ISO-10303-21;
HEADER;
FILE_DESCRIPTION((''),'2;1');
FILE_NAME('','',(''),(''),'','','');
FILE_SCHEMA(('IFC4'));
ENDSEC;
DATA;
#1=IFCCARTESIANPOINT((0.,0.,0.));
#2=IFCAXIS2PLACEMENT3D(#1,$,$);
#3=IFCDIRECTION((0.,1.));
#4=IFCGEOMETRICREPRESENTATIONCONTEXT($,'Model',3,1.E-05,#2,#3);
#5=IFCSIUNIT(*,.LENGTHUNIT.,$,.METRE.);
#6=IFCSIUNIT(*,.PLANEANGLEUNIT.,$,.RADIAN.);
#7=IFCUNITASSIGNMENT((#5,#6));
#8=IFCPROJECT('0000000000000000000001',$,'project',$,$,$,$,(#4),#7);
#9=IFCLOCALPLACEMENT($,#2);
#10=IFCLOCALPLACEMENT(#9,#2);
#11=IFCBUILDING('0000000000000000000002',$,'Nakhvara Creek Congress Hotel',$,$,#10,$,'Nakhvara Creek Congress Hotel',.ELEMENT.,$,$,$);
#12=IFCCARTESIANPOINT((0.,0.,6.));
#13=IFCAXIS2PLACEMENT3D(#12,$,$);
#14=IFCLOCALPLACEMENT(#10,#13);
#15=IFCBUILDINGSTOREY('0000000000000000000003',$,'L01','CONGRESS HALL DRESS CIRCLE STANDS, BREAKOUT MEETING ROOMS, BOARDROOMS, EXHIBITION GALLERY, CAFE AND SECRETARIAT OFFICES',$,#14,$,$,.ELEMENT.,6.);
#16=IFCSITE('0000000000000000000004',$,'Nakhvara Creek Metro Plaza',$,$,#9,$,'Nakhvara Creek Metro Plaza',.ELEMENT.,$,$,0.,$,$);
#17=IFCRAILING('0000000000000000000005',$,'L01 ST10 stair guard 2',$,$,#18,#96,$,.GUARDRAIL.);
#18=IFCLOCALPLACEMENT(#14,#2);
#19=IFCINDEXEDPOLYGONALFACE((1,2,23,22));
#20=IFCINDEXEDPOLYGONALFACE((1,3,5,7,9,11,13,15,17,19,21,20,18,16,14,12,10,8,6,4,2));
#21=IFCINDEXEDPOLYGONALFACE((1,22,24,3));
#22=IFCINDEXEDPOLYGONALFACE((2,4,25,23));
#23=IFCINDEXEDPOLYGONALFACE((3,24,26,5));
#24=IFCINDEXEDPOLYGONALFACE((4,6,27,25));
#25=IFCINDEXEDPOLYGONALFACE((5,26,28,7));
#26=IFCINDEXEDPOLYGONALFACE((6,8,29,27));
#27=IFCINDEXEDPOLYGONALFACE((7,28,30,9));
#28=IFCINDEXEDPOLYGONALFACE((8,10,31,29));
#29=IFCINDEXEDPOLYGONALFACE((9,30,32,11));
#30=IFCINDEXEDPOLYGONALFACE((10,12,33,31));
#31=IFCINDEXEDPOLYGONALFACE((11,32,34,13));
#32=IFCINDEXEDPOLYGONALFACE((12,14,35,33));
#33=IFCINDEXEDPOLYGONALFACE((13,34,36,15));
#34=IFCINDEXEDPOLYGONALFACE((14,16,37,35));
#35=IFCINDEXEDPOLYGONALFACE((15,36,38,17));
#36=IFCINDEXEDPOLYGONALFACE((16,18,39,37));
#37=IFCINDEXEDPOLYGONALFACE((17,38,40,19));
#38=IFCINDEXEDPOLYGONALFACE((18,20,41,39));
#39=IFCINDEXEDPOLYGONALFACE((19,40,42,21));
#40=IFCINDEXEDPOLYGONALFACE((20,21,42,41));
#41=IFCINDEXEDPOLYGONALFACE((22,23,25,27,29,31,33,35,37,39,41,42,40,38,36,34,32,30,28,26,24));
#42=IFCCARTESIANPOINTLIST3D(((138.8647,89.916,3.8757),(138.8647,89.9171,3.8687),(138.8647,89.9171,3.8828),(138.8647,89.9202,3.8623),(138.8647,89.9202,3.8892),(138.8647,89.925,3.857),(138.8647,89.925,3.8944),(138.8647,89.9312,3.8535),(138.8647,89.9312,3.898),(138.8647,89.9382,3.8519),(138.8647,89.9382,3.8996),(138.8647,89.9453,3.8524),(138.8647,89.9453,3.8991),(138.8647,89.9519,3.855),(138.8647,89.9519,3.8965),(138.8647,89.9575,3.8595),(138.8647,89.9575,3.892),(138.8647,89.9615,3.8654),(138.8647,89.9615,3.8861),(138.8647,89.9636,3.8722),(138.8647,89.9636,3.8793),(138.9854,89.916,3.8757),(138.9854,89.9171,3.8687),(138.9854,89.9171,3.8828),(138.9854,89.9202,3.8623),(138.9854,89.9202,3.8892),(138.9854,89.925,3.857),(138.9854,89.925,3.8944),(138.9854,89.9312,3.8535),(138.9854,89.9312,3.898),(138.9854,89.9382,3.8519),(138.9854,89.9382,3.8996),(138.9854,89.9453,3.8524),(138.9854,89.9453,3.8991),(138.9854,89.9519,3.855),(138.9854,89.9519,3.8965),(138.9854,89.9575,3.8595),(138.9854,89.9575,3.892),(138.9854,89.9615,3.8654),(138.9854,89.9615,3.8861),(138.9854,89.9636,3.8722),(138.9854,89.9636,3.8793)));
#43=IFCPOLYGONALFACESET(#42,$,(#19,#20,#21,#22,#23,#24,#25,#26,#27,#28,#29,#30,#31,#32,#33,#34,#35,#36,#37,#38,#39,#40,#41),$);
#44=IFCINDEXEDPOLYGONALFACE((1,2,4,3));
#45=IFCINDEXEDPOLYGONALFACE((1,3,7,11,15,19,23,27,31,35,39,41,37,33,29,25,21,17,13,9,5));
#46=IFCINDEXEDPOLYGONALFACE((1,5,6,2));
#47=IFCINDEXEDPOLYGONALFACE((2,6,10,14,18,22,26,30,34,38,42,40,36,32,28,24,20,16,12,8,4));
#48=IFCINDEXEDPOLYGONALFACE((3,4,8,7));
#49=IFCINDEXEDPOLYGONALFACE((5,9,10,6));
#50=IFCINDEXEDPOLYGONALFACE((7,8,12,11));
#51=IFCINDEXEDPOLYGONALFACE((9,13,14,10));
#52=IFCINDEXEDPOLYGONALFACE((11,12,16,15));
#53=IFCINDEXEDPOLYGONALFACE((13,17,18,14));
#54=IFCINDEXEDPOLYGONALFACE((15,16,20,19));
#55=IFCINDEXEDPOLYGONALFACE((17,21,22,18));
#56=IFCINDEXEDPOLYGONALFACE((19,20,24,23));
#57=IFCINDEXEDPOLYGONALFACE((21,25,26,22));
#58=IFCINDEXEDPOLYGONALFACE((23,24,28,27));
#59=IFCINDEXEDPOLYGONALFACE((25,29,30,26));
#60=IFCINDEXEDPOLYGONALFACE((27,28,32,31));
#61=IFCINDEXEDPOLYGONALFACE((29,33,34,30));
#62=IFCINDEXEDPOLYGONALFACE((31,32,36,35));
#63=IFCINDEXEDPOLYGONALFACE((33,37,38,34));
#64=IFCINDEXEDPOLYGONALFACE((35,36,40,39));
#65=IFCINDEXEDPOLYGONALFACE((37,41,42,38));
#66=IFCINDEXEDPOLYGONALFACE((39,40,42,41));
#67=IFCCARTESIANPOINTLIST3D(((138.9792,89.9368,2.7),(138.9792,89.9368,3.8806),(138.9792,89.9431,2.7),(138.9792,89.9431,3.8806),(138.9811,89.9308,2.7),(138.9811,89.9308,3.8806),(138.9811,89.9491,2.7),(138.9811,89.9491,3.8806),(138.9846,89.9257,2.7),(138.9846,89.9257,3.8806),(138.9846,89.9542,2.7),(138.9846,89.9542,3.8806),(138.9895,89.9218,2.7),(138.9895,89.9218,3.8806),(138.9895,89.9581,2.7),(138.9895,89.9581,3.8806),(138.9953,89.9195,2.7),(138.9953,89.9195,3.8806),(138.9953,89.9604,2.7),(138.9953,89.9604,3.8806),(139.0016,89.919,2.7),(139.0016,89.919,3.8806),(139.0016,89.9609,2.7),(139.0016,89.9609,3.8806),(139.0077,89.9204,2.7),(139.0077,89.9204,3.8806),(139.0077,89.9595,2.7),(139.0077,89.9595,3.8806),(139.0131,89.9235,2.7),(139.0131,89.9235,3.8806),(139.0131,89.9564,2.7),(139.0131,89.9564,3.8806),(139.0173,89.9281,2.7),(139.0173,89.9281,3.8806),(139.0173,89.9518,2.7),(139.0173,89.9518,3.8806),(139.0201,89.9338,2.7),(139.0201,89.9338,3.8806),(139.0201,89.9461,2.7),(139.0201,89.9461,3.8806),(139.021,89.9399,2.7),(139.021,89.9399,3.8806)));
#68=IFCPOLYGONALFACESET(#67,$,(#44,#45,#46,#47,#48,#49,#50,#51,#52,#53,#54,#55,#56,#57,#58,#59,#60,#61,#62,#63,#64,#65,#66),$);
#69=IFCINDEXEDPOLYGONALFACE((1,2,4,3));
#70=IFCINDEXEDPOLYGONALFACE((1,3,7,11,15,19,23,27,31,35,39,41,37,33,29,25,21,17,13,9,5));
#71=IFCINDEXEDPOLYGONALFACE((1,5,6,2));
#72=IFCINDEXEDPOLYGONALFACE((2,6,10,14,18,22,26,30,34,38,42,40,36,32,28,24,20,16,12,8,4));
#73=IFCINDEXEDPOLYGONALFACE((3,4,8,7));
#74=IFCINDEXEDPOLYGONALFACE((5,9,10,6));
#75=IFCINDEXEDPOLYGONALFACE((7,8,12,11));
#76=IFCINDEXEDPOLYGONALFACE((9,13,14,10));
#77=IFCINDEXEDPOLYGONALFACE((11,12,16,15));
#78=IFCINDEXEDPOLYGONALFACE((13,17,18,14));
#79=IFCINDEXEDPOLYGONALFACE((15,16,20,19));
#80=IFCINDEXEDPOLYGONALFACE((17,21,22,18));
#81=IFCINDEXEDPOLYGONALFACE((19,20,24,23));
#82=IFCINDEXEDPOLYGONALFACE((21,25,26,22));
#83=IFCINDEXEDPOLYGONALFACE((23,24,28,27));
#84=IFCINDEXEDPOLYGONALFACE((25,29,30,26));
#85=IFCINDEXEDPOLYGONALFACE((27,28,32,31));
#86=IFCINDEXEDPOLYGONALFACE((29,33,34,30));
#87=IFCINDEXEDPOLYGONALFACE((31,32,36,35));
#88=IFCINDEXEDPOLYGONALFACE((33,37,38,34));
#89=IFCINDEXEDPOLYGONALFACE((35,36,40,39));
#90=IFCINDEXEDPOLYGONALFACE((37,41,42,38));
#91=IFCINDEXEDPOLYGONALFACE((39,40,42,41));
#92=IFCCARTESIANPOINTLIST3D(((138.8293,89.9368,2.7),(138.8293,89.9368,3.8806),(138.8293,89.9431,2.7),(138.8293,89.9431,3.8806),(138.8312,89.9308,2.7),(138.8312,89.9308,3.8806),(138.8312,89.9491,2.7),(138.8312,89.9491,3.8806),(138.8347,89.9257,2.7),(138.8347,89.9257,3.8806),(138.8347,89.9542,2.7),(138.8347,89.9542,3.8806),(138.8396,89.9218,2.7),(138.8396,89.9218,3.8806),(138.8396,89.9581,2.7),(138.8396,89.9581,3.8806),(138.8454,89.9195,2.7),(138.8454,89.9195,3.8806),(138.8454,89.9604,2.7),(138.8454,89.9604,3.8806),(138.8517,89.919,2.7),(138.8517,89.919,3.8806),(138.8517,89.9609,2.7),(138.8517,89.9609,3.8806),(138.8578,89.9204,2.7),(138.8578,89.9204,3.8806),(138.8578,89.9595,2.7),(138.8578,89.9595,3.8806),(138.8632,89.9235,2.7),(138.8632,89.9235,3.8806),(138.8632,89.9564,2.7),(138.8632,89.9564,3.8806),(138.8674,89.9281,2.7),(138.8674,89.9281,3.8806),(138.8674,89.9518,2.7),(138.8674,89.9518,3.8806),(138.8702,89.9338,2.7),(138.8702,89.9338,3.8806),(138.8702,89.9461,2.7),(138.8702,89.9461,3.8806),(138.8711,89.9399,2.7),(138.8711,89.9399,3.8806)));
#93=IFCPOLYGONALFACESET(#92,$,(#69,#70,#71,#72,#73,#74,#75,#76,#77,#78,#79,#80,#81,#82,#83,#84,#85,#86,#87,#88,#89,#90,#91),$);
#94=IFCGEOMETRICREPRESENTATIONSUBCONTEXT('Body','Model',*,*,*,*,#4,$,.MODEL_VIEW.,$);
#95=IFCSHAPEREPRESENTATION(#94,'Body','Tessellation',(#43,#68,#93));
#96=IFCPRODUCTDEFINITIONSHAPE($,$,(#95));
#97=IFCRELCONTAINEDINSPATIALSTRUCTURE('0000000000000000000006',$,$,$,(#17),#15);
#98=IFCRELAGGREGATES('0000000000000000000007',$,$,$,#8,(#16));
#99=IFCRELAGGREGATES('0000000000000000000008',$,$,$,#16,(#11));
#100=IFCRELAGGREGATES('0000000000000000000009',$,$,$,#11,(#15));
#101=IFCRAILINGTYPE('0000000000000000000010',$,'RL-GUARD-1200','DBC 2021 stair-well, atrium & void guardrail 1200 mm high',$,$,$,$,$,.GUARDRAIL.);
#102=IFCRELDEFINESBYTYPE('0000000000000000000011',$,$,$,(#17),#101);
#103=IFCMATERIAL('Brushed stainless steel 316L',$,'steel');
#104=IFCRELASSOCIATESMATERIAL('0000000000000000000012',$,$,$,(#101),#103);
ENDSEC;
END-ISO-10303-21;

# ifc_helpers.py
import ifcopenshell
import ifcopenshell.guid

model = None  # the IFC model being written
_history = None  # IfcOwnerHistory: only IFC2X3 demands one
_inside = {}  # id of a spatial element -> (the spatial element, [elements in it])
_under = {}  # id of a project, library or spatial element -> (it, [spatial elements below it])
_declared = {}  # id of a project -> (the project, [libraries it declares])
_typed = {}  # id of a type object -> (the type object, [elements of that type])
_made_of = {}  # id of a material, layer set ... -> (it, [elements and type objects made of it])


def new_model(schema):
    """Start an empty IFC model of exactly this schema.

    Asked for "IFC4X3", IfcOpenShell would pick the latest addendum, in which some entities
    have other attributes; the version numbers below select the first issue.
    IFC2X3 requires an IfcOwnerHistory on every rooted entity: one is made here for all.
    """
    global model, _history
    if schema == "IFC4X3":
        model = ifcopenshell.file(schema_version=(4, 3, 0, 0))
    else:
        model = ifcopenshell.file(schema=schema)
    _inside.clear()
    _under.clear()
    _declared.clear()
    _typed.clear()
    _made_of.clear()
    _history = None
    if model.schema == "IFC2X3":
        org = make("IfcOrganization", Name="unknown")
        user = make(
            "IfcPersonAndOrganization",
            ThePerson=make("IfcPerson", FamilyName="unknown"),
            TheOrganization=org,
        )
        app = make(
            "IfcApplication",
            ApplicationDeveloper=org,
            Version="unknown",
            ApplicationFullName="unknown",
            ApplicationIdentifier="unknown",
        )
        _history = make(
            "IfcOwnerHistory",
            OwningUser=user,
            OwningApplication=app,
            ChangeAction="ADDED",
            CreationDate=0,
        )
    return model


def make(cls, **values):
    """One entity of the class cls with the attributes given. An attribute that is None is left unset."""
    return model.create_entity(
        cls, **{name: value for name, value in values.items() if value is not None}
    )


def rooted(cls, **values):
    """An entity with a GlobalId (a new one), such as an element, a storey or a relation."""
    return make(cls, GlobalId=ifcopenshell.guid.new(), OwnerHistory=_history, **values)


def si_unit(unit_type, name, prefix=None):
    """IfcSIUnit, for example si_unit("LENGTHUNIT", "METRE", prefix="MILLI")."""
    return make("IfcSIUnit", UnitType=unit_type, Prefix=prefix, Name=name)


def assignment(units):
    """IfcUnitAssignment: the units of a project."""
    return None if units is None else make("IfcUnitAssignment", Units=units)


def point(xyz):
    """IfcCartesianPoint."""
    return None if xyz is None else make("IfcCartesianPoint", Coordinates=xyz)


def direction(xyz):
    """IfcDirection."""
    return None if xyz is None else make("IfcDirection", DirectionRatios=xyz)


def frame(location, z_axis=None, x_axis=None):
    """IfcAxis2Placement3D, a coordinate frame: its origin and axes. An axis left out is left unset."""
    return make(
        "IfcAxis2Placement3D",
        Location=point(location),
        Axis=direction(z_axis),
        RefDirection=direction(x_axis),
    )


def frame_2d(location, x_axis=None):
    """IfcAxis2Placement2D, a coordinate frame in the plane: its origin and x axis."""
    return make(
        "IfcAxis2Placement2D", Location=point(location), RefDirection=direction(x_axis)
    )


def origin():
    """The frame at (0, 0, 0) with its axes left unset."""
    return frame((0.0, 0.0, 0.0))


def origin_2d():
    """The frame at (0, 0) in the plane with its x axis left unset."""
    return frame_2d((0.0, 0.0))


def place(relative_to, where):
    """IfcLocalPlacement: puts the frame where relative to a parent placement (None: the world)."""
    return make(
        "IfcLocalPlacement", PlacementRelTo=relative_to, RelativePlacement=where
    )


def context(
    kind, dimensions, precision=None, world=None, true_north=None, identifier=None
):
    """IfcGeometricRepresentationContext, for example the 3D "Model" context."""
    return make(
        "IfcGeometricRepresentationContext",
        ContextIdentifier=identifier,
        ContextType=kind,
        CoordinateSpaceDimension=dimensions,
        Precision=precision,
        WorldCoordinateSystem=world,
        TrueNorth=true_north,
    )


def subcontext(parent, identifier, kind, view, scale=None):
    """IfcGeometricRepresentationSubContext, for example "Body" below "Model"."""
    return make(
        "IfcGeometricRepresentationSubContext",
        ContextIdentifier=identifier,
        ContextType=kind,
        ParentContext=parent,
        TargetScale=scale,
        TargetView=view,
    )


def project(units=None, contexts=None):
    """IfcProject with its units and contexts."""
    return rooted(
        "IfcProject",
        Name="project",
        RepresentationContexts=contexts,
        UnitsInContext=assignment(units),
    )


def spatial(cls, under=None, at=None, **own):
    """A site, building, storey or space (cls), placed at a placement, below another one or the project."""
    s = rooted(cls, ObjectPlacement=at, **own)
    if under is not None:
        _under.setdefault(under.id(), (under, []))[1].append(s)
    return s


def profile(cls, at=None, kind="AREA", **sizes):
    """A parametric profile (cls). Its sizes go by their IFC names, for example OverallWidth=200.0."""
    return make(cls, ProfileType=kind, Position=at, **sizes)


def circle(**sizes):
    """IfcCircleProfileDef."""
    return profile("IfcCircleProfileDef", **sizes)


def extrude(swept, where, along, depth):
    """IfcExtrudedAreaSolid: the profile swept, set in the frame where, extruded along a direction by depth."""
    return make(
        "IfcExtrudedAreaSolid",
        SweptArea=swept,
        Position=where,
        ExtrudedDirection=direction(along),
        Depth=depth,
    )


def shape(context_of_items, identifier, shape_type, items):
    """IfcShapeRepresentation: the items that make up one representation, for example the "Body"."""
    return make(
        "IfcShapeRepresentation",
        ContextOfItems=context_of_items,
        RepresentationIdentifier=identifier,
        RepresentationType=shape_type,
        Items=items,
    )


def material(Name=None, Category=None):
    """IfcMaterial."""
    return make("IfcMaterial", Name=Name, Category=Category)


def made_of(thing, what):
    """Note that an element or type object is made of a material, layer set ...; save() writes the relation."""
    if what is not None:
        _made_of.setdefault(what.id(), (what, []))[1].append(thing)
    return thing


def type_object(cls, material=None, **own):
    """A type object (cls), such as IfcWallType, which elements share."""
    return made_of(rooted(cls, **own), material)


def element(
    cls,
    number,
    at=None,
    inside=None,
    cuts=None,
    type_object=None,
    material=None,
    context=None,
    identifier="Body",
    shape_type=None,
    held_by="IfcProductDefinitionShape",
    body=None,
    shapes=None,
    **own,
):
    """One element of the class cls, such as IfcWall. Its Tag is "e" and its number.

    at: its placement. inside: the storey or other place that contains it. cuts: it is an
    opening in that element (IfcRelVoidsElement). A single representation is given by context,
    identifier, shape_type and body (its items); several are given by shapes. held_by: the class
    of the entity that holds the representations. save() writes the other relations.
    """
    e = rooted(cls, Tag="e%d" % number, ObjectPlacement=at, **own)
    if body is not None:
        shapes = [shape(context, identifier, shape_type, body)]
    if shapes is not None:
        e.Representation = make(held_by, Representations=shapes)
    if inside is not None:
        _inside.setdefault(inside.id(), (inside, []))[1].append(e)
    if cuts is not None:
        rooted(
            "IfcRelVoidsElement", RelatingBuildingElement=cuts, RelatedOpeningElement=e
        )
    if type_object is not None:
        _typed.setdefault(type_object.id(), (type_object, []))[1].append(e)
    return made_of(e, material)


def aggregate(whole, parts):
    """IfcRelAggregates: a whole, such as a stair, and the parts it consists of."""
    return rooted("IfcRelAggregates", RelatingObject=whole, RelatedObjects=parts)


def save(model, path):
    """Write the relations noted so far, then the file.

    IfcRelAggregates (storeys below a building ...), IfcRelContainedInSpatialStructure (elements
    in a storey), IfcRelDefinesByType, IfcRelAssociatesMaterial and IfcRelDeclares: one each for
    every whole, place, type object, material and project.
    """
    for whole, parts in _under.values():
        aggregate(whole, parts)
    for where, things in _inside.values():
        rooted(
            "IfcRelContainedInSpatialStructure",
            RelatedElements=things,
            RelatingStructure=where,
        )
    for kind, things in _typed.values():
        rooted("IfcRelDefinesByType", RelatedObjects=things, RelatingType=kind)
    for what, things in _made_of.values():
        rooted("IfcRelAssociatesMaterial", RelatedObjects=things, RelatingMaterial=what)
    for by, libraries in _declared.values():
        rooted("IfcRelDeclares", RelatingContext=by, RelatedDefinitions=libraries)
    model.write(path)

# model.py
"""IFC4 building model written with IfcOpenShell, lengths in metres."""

from ifc_helpers import new_model, si_unit, direction, frame, origin, origin_2d, place, context, subcontext, project, spatial, circle, extrude, material, type_object, element, save


model = new_model("IFC4")

# Units and contexts
model_context = context("Model", 3, precision=1e-05, world=origin(), true_north=direction((0.0, 1.0)))
body_context = subcontext(model_context, "Body", "Model", "MODEL_VIEW")
ifc_project = project(units=[si_unit("LENGTHUNIT", "METRE"), si_unit("PLANEANGLEUNIT", "RADIAN")], contexts=[model_context])

# Site, building, storey
site_placement = place(None, origin())
site = spatial("IfcSite", under=ifc_project, at=site_placement, Name="Nakhvara Creek Metro Plaza", LongName="Nakhvara Creek Metro Plaza", CompositionType="ELEMENT", RefElevation=0.0)
building_placement = place(site_placement, origin())
building = spatial("IfcBuilding", under=site, at=building_placement, Name="Nakhvara Creek Congress Hotel", LongName="Nakhvara Creek Congress Hotel", CompositionType="ELEMENT")
storey_placement = place(building_placement, frame((0.0, 0.0, 6.0)))
storey = spatial("IfcBuildingStorey", under=building, at=storey_placement, Name="L01", Description="CONGRESS HALL DRESS CIRCLE STANDS, BREAKOUT MEETING ROOMS, BOARDROOMS, EXHIBITION GALLERY, CAFE AND SECRETARIAT OFFICES", CompositionType="ELEMENT", Elevation=6.0)

# Railing
ifc_material_1 = material(Name="Brushed stainless steel 316L", Category="steel")
railing_type_1 = type_object("IfcRailingType", Name="RL-GUARD-1200", Description="DBC 2021 stair-well, atrium & void guardrail 1200 mm high", PredefinedType="GUARDRAIL", material=ifc_material_1)
railing_1_placement = place(storey_placement, frame((139.0, 89.9399, 2.7)))
element("IfcRailing", 1, at=railing_1_placement, inside=storey, type_object=railing_type_1, Name="L01 ST10 stair guard 2", PredefinedType="GUARDRAIL", context=body_context, shape_type="SweptSolid", body=[
    extrude(circle(Radius=0.0239, at=origin_2d()), frame((-0.0146, 0.0, 1.1758), z_axis=(-1.0, 0.0, 0.0), x_axis=(0.0, -1.0, 0.0)), (0.0, 0.0, 1.0), 0.1206),
    extrude(circle(Radius=0.021, at=origin_2d()), origin(), (0.0, 0.0, 1.0), 1.1807),
    extrude(circle(Radius=0.021, at=origin_2d()), frame((-0.1499, 0.0, 0.0)), (0.0, 0.0, 1.0), 1.1807),
])

save(model, "model.ifc")
